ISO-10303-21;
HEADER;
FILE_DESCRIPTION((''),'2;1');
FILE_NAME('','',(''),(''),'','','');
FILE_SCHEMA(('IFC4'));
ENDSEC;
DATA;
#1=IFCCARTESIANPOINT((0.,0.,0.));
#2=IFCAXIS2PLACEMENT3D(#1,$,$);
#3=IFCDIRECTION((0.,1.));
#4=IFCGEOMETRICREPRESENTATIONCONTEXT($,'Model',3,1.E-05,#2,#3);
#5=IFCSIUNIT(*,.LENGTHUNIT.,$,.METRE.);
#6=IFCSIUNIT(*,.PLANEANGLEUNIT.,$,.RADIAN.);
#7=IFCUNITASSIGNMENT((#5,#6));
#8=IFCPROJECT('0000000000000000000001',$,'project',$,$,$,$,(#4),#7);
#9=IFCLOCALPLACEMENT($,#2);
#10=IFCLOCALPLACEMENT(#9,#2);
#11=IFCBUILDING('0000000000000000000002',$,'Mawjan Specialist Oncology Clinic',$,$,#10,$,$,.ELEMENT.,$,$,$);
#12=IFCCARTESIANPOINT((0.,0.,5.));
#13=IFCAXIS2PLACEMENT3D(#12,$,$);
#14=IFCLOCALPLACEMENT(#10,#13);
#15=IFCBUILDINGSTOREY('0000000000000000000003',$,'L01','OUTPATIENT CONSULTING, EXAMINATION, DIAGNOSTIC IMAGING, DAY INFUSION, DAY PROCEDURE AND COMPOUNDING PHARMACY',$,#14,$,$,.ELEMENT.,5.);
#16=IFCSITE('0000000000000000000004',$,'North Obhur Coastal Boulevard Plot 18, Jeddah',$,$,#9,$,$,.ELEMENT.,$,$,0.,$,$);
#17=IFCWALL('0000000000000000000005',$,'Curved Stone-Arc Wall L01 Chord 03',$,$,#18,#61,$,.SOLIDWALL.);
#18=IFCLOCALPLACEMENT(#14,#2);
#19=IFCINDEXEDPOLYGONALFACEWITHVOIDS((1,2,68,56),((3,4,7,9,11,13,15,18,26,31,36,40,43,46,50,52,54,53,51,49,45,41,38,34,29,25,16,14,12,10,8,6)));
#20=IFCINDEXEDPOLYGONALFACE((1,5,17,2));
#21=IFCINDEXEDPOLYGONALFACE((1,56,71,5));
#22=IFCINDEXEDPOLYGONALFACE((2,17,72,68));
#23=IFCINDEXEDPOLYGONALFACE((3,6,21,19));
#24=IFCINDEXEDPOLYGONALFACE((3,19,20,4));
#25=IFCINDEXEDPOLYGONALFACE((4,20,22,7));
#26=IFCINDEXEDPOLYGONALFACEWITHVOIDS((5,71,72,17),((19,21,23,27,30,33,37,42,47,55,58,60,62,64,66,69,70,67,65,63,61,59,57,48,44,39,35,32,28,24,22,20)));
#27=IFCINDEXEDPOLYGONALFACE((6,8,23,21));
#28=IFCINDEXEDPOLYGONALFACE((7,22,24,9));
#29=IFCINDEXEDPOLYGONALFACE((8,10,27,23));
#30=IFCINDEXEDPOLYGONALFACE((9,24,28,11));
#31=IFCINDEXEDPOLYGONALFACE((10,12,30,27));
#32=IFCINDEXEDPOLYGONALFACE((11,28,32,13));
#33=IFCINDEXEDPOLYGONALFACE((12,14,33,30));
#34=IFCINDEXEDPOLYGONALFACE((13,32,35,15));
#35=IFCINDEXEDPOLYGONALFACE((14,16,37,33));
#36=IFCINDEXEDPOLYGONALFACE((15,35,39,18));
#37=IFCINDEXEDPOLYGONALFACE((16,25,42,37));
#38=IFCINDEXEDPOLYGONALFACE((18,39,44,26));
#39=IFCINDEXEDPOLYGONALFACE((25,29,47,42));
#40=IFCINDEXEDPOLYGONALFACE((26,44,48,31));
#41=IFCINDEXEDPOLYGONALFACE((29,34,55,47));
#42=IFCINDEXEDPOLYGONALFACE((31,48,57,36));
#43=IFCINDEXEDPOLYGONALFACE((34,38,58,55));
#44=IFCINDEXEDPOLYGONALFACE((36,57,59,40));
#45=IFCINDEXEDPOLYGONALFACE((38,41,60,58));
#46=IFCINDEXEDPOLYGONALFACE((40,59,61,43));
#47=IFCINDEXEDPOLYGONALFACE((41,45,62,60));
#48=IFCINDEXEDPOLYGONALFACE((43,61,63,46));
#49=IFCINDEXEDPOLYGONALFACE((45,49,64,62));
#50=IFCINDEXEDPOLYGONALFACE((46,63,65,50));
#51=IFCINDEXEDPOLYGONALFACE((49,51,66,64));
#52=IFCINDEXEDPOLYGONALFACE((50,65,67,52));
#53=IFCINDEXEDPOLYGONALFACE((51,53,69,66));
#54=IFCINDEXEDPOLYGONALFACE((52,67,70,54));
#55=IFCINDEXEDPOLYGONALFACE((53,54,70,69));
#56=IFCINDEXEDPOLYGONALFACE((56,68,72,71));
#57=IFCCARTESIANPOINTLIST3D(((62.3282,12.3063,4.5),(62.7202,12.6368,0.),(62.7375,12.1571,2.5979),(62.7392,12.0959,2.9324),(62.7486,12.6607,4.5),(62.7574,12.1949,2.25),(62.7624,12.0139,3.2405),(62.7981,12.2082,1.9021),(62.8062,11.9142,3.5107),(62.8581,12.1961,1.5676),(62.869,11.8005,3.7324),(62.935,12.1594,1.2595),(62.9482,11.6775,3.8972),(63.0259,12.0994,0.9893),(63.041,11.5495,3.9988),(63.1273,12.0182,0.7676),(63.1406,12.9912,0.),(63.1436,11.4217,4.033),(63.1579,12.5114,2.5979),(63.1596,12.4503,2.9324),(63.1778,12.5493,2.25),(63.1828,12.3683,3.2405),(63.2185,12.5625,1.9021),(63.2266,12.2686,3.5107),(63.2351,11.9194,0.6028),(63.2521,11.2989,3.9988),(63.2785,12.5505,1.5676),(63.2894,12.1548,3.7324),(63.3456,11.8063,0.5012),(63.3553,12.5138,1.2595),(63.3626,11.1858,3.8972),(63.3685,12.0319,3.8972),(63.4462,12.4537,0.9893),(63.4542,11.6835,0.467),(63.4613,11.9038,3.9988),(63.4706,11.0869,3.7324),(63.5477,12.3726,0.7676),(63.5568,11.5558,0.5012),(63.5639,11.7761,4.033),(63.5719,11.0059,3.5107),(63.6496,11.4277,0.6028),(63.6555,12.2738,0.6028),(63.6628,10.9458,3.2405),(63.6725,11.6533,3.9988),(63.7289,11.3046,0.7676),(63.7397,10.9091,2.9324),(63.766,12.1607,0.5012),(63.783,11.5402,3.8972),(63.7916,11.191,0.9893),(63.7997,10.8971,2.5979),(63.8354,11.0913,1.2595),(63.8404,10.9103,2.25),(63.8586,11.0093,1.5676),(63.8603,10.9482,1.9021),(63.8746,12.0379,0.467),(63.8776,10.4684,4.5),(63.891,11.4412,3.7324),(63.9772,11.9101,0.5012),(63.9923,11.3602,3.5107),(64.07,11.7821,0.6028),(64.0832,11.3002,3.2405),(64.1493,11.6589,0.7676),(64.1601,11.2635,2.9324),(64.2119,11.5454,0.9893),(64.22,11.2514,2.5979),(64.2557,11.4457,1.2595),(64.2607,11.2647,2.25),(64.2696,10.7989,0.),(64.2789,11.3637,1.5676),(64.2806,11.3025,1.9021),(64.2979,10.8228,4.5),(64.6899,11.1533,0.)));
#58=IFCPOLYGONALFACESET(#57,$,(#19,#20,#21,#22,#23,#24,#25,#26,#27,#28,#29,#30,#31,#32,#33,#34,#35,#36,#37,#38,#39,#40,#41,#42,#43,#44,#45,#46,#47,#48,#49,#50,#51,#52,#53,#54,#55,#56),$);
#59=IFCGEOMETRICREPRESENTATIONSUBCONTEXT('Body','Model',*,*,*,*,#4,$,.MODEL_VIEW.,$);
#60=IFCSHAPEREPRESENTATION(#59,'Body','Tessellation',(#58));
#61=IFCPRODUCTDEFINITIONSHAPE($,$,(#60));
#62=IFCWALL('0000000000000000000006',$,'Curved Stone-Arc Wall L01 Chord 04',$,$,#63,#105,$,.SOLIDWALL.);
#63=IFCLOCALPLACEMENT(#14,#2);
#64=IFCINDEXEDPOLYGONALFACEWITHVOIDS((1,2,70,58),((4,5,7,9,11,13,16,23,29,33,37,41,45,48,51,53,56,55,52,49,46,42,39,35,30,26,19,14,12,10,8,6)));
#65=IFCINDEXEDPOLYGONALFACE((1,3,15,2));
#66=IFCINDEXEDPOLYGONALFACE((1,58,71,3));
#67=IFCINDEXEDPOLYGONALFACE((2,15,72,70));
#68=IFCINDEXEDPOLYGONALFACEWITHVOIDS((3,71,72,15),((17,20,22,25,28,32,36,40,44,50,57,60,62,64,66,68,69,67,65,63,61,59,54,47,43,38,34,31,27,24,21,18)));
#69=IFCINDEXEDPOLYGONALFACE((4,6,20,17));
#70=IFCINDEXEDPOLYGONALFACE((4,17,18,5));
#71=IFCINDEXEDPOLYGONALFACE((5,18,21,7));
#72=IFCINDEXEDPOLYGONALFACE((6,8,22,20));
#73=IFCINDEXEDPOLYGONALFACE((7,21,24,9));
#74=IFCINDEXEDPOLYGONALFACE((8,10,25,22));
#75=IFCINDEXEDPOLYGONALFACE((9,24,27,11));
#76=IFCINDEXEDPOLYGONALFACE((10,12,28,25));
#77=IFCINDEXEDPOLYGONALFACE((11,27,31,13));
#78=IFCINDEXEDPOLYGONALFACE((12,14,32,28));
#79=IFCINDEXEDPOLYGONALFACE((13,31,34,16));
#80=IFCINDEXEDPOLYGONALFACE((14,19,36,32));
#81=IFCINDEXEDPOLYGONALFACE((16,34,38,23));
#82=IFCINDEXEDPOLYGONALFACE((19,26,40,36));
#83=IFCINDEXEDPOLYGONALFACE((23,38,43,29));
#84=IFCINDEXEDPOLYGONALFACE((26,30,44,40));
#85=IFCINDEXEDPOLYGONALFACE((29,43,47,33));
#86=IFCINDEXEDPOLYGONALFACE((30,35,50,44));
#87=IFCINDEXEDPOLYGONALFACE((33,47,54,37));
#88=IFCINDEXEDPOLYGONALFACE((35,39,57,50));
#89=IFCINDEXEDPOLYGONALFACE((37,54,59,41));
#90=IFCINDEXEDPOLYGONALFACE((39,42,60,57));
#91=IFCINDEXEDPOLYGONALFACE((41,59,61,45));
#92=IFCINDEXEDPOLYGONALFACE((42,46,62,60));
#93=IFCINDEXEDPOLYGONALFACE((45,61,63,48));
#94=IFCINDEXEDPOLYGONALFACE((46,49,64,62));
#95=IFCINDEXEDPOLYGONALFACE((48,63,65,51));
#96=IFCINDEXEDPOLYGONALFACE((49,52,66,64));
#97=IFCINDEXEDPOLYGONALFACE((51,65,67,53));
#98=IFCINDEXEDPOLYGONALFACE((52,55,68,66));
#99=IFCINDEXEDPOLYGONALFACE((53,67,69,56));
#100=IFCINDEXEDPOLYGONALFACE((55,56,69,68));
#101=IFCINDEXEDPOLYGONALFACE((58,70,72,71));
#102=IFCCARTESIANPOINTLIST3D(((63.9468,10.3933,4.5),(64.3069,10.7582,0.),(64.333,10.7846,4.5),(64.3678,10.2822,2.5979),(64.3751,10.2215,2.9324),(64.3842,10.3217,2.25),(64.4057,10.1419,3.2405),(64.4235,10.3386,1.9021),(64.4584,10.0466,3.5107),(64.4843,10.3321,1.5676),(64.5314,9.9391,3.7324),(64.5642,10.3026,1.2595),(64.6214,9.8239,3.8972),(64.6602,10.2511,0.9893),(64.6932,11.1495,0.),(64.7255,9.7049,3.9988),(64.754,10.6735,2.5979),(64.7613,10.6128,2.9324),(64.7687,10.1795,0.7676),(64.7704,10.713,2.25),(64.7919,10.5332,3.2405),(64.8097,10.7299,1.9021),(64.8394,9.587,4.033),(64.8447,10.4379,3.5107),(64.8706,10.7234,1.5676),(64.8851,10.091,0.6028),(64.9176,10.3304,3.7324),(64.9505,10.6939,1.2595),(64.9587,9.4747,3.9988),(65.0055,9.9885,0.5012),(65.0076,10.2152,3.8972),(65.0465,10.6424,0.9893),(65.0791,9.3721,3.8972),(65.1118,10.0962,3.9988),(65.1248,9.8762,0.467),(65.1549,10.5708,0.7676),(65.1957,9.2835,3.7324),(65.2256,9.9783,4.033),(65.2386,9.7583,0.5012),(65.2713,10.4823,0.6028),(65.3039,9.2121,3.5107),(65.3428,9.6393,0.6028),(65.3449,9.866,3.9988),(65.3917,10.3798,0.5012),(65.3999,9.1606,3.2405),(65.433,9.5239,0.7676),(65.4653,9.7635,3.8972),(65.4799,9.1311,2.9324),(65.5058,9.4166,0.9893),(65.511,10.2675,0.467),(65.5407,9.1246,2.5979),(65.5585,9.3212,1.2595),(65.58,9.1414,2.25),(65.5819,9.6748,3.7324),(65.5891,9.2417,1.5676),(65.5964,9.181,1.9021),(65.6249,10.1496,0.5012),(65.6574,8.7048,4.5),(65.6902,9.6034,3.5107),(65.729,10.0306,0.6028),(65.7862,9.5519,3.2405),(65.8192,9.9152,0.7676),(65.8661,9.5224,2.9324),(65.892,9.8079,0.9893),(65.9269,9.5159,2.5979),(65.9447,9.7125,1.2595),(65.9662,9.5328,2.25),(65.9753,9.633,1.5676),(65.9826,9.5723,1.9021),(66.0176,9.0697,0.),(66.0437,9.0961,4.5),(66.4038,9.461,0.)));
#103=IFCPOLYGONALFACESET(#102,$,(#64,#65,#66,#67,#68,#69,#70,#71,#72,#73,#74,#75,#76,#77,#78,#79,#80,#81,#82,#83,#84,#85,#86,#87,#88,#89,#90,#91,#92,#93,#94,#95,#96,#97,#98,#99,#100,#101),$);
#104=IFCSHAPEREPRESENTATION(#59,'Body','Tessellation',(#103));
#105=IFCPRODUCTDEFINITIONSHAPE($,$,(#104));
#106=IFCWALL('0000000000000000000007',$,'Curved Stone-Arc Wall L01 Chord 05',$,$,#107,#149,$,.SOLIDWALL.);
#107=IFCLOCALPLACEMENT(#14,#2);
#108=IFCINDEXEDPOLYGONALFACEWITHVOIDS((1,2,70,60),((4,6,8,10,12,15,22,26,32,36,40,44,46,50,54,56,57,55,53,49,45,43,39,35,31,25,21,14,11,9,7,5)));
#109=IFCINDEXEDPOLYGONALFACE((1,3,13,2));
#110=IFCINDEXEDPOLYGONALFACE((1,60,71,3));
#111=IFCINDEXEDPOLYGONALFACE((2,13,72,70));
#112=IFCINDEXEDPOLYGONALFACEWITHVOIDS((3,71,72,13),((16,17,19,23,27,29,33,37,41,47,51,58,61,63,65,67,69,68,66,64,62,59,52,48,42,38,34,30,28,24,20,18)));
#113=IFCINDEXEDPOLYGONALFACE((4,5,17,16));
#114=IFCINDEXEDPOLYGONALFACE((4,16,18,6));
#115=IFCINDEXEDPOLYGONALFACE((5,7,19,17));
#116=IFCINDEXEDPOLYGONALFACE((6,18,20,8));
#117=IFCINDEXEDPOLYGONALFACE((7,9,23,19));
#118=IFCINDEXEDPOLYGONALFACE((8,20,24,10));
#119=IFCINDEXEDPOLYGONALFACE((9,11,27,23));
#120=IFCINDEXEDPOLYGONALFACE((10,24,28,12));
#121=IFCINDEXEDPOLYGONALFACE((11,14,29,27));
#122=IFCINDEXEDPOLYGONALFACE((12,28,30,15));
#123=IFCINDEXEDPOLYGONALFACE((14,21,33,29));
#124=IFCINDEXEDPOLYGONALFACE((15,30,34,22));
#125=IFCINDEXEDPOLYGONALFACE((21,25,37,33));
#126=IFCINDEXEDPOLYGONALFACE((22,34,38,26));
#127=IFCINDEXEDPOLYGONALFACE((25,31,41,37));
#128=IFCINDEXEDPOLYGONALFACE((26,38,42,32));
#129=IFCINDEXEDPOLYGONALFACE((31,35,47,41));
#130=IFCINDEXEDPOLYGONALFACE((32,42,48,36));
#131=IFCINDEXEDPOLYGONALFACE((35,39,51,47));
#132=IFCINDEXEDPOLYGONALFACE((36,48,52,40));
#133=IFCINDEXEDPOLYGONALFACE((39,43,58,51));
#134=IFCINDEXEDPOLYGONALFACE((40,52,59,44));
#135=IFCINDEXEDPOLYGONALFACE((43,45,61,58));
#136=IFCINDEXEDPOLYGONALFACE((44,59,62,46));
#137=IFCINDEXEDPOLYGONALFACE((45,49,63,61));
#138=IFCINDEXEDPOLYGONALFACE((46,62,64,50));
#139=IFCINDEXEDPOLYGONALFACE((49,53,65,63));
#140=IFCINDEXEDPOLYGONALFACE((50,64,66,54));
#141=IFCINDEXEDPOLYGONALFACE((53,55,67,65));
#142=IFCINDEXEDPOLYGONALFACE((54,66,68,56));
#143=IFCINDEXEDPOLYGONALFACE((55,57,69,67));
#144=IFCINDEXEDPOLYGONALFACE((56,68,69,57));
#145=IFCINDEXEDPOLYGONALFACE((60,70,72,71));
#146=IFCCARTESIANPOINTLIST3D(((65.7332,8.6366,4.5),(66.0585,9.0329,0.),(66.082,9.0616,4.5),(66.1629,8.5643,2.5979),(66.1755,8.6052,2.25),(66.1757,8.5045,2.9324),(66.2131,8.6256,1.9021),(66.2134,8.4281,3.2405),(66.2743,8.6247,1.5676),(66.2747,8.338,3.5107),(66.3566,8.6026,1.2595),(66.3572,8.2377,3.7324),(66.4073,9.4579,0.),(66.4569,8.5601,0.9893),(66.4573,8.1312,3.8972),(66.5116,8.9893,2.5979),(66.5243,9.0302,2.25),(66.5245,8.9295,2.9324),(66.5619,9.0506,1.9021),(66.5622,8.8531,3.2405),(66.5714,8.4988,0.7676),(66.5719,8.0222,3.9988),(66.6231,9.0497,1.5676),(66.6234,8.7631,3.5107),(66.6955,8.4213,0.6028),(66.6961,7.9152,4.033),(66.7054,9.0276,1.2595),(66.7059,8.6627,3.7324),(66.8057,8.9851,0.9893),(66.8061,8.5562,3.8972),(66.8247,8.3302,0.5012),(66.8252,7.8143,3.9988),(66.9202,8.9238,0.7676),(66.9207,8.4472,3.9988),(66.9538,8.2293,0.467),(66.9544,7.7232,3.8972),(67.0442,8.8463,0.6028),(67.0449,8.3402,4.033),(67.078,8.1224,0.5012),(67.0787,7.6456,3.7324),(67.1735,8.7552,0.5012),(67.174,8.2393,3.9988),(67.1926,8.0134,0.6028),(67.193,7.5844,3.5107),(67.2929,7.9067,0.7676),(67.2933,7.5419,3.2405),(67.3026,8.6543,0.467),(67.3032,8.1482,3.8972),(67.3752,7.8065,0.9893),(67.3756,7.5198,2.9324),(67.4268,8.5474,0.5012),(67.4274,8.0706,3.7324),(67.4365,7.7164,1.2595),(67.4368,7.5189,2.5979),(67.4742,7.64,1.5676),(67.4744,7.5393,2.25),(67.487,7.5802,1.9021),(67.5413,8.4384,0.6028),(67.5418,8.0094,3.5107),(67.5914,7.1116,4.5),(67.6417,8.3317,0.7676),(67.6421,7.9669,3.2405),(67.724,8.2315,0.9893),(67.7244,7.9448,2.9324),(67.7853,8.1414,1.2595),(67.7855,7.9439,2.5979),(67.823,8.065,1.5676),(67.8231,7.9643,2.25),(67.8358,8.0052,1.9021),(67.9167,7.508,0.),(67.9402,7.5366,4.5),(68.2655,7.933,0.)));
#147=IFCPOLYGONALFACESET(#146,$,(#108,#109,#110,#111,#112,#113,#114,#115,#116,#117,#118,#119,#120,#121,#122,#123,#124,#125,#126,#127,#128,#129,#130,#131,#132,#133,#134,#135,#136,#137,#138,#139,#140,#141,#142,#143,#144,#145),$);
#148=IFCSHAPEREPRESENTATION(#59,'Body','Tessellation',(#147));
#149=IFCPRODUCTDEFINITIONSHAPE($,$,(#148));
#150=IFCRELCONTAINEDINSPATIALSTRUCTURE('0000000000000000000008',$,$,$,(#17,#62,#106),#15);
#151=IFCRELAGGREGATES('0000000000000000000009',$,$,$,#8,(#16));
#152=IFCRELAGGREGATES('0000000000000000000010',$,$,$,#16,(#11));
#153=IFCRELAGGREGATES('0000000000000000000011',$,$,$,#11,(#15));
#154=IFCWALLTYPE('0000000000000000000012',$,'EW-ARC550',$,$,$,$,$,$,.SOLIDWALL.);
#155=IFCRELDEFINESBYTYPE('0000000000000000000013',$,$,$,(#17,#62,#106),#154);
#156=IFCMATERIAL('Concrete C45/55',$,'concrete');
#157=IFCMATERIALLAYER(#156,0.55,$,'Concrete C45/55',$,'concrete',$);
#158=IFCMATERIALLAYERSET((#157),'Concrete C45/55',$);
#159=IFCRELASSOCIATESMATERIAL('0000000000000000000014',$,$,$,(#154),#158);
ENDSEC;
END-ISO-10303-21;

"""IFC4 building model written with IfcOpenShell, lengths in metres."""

from ifc_helpers import new_model, si_unit, direction, frame, origin, place, context, subcontext, project, spatial, polyline, outline, extrude, material, layer, layer_set, type_object, element, save


model = new_model("IFC4")

# Units and contexts
model_context = context("Model", 3, precision=1e-05, world=origin(), true_north=direction((0.0, 1.0)))
body_context = subcontext(model_context, "Body", "Model", "MODEL_VIEW")
ifc_project = project(units=[si_unit("LENGTHUNIT", "METRE"), si_unit("PLANEANGLEUNIT", "RADIAN")], contexts=[model_context])

# Site, building, storey
site_placement = place(None, origin())
site = spatial("IfcSite", under=ifc_project, at=site_placement, Name="North Obhur Coastal Boulevard Plot 18, Jeddah", CompositionType="ELEMENT", RefElevation=0.0)
building_placement = place(site_placement, origin())
building = spatial("IfcBuilding", under=site, at=building_placement, Name="Mawjan Specialist Oncology Clinic", CompositionType="ELEMENT")
storey_placement = place(building_placement, frame((0.0, 0.0, 5.0)))
storey = spatial("IfcBuildingStorey", under=building, at=storey_placement, Name="L01", Description="OUTPATIENT CONSULTING, EXAMINATION, DIAGNOSTIC IMAGING, DAY INFUSION, DAY PROCEDURE AND COMPOUNDING PHARMACY", CompositionType="ELEMENT", Elevation=5.0)

# Walls, openings
ifc_material_1 = material(Name="Concrete C45/55", Category="concrete")
ifc_layer_1 = layer(ifc_material_1, 0.55, Name="Concrete C45/55", Category="concrete")
ifc_layer_set_1 = layer_set([ifc_layer_1], Name="Concrete C45/55")
wall_type_1 = type_object("IfcWallType", Name="EW-ARC550", PredefinedType="SOLIDWALL", material=ifc_layer_set_1)
wall_1_placement = place(storey_placement, frame((64.4797, 10.9761, 0.0), z_axis=(0.0, 0.0, 1.0), x_axis=(-0.64453, 0.764579, 0.0)))
wall_1 = element("IfcWall", 1, at=wall_1_placement, inside=storey, type_object=wall_type_1, Name="Curved Stone-Arc Wall L01 Chord 03", PredefinedType="SOLIDWALL", context=body_context, shape_type="SweptSolid", body=[
    extrude(outline(polyline([(-0.2749, 0.0), (0.2749, 0.0), (0.7876, 4.5), (0.2378, 4.5), (-0.2749, 0.0)])), frame((0.0, 0.0, 0.0), z_axis=(1.0, 0.0, 0.0), x_axis=(0.0, 1.0, 0.0)), (0.0, 0.0, 1.0), 2.4038),
])
opening_1_placement = place(wall_1_placement, origin())
element("IfcOpeningElement", 2, at=opening_1_placement, cuts=wall_1, PredefinedType="OPENING", context=body_context, shape_type="SweptSolid", body=[
    extrude(outline(polyline([(2.042, 2.25), (2.0259, 2.5979), (1.978, 2.9324), (1.9004, 3.2405), (1.7959, 3.5107), (1.6685, 3.7324), (1.5234, 3.8972), (1.3657, 3.9988), (1.2019, 4.033), (1.0381, 3.9988), (0.8804, 3.8972), (0.7351, 3.7324), (0.6079, 3.5107), (0.5034, 3.2405), (0.4258, 2.9324), (0.3779, 2.5979), (0.3618, 2.25), (0.3779, 1.9021), (0.4258, 1.5676), (0.5034, 1.2595), (0.6079, 0.9893), (0.7351, 0.7676), (0.8804, 0.6028), (1.0381, 0.5012), (1.2019, 0.467), (1.3657, 0.5012), (1.5234, 0.6028), (1.6685, 0.7676), (1.7959, 0.9893), (1.9004, 1.2595), (1.978, 1.5676), (2.0259, 1.9021), (2.042, 2.25)])), frame((0.0, 0.8076, 0.0), z_axis=(0.0, -1.0, 0.0), x_axis=(1.0, 0.0, 0.0)), (0.0, 0.0, 1.0), 1.1028),
])
wall_2_placement = place(storey_placement, frame((66.2107, 9.2654, 0.0), z_axis=(0.0, 0.0, 1.0), x_axis=(-0.711713, 0.70247, 0.0)))
wall_2 = element("IfcWall", 3, at=wall_2_placement, inside=storey, type_object=wall_type_1, Name="Curved Stone-Arc Wall L01 Chord 04", PredefinedType="SOLIDWALL", context=body_context, shape_type="SweptSolid", body=[
    extrude(outline(polyline([(-0.2749, 0.0), (0.2749, 0.0), (0.7876, 4.5), (0.2378, 4.5), (-0.2749, 0.0)])), frame((0.0, 0.0, 0.0), z_axis=(1.0, 0.0, 0.0), x_axis=(0.0, 1.0, 0.0)), (0.0, 0.0, 1.0), 2.4036),
])
opening_2_placement = place(wall_2_placement, origin())
element("IfcOpeningElement", 4, at=opening_2_placement, cuts=wall_2, PredefinedType="OPENING", context=body_context, shape_type="SweptSolid", body=[
    extrude(outline(polyline([(2.042, 2.25), (2.0259, 2.5979), (1.978, 2.9324), (1.9004, 3.2405), (1.7959, 3.5107), (1.6685, 3.7324), (1.5234, 3.8972), (1.3657, 3.9988), (1.2019, 4.033), (1.0381, 3.9988), (0.8804, 3.8972), (0.7351, 3.7324), (0.6079, 3.5107), (0.5034, 3.2405), (0.4258, 2.9324), (0.3779, 2.5979), (0.3618, 2.25), (0.3779, 1.9021), (0.4258, 1.5676), (0.5034, 1.2595), (0.6079, 0.9893), (0.7351, 0.7676), (0.8804, 0.6028), (1.0381, 0.5012), (1.2019, 0.467), (1.3657, 0.5012), (1.5234, 0.6028), (1.6685, 0.7676), (1.7959, 0.9893), (1.9004, 1.2595), (1.978, 1.5676), (2.0259, 1.9021), (2.042, 2.25)])), frame((0.0, 0.8076, 0.0), z_axis=(0.0, -1.0, 0.0), x_axis=(1.0, 0.0, 0.0)), (0.0, 0.0, 1.0), 1.1028),
])
wall_3_placement = place(storey_placement, frame((68.0911, 7.7205, 0.0), z_axis=(0.0, 0.0, 1.0), x_axis=(-0.77302, 0.634382, 0.0)))
wall_3 = element("IfcWall", 5, at=wall_3_placement, inside=storey, type_object=wall_type_1, Name="Curved Stone-Arc Wall L01 Chord 05", PredefinedType="SOLIDWALL", context=body_context, shape_type="SweptSolid", body=[
    extrude(outline(polyline([(-0.2749, 0.0), (0.2749, 0.0), (0.7876, 4.5), (0.2378, 4.5), (-0.2749, 0.0)])), frame((0.0, 0.0, 0.0), z_axis=(1.0, 0.0, 0.0), x_axis=(0.0, 1.0, 0.0)), (0.0, 0.0, 1.0), 2.4038),
])
opening_3_placement = place(wall_3_placement, origin())
element("IfcOpeningElement", 6, at=opening_3_placement, cuts=wall_3, PredefinedType="OPENING", context=body_context, shape_type="SweptSolid", body=[
    extrude(outline(polyline([(2.042, 2.25), (2.0259, 2.5979), (1.978, 2.9324), (1.9004, 3.2405), (1.7959, 3.5107), (1.6685, 3.7324), (1.5234, 3.8972), (1.3657, 3.9988), (1.2019, 4.033), (1.0381, 3.9988), (0.8804, 3.8972), (0.7351, 3.7324), (0.6079, 3.5107), (0.5034, 3.2405), (0.4258, 2.9324), (0.3779, 2.5979), (0.3618, 2.25), (0.3779, 1.9021), (0.4258, 1.5676), (0.5034, 1.2595), (0.6079, 0.9893), (0.7351, 0.7676), (0.8804, 0.6028), (1.0381, 0.5012), (1.2019, 0.467), (1.3657, 0.5012), (1.5234, 0.6028), (1.6685, 0.7676), (1.7959, 0.9893), (1.9004, 1.2595), (1.978, 1.5676), (2.0259, 1.9021), (2.042, 2.25)])), frame((0.0, 0.8076, 0.0), z_axis=(0.0, -1.0, 0.0), x_axis=(1.0, 0.0, 0.0)), (0.0, 0.0, 1.0), 1.1028),
])

save(model, "model.ifc")
